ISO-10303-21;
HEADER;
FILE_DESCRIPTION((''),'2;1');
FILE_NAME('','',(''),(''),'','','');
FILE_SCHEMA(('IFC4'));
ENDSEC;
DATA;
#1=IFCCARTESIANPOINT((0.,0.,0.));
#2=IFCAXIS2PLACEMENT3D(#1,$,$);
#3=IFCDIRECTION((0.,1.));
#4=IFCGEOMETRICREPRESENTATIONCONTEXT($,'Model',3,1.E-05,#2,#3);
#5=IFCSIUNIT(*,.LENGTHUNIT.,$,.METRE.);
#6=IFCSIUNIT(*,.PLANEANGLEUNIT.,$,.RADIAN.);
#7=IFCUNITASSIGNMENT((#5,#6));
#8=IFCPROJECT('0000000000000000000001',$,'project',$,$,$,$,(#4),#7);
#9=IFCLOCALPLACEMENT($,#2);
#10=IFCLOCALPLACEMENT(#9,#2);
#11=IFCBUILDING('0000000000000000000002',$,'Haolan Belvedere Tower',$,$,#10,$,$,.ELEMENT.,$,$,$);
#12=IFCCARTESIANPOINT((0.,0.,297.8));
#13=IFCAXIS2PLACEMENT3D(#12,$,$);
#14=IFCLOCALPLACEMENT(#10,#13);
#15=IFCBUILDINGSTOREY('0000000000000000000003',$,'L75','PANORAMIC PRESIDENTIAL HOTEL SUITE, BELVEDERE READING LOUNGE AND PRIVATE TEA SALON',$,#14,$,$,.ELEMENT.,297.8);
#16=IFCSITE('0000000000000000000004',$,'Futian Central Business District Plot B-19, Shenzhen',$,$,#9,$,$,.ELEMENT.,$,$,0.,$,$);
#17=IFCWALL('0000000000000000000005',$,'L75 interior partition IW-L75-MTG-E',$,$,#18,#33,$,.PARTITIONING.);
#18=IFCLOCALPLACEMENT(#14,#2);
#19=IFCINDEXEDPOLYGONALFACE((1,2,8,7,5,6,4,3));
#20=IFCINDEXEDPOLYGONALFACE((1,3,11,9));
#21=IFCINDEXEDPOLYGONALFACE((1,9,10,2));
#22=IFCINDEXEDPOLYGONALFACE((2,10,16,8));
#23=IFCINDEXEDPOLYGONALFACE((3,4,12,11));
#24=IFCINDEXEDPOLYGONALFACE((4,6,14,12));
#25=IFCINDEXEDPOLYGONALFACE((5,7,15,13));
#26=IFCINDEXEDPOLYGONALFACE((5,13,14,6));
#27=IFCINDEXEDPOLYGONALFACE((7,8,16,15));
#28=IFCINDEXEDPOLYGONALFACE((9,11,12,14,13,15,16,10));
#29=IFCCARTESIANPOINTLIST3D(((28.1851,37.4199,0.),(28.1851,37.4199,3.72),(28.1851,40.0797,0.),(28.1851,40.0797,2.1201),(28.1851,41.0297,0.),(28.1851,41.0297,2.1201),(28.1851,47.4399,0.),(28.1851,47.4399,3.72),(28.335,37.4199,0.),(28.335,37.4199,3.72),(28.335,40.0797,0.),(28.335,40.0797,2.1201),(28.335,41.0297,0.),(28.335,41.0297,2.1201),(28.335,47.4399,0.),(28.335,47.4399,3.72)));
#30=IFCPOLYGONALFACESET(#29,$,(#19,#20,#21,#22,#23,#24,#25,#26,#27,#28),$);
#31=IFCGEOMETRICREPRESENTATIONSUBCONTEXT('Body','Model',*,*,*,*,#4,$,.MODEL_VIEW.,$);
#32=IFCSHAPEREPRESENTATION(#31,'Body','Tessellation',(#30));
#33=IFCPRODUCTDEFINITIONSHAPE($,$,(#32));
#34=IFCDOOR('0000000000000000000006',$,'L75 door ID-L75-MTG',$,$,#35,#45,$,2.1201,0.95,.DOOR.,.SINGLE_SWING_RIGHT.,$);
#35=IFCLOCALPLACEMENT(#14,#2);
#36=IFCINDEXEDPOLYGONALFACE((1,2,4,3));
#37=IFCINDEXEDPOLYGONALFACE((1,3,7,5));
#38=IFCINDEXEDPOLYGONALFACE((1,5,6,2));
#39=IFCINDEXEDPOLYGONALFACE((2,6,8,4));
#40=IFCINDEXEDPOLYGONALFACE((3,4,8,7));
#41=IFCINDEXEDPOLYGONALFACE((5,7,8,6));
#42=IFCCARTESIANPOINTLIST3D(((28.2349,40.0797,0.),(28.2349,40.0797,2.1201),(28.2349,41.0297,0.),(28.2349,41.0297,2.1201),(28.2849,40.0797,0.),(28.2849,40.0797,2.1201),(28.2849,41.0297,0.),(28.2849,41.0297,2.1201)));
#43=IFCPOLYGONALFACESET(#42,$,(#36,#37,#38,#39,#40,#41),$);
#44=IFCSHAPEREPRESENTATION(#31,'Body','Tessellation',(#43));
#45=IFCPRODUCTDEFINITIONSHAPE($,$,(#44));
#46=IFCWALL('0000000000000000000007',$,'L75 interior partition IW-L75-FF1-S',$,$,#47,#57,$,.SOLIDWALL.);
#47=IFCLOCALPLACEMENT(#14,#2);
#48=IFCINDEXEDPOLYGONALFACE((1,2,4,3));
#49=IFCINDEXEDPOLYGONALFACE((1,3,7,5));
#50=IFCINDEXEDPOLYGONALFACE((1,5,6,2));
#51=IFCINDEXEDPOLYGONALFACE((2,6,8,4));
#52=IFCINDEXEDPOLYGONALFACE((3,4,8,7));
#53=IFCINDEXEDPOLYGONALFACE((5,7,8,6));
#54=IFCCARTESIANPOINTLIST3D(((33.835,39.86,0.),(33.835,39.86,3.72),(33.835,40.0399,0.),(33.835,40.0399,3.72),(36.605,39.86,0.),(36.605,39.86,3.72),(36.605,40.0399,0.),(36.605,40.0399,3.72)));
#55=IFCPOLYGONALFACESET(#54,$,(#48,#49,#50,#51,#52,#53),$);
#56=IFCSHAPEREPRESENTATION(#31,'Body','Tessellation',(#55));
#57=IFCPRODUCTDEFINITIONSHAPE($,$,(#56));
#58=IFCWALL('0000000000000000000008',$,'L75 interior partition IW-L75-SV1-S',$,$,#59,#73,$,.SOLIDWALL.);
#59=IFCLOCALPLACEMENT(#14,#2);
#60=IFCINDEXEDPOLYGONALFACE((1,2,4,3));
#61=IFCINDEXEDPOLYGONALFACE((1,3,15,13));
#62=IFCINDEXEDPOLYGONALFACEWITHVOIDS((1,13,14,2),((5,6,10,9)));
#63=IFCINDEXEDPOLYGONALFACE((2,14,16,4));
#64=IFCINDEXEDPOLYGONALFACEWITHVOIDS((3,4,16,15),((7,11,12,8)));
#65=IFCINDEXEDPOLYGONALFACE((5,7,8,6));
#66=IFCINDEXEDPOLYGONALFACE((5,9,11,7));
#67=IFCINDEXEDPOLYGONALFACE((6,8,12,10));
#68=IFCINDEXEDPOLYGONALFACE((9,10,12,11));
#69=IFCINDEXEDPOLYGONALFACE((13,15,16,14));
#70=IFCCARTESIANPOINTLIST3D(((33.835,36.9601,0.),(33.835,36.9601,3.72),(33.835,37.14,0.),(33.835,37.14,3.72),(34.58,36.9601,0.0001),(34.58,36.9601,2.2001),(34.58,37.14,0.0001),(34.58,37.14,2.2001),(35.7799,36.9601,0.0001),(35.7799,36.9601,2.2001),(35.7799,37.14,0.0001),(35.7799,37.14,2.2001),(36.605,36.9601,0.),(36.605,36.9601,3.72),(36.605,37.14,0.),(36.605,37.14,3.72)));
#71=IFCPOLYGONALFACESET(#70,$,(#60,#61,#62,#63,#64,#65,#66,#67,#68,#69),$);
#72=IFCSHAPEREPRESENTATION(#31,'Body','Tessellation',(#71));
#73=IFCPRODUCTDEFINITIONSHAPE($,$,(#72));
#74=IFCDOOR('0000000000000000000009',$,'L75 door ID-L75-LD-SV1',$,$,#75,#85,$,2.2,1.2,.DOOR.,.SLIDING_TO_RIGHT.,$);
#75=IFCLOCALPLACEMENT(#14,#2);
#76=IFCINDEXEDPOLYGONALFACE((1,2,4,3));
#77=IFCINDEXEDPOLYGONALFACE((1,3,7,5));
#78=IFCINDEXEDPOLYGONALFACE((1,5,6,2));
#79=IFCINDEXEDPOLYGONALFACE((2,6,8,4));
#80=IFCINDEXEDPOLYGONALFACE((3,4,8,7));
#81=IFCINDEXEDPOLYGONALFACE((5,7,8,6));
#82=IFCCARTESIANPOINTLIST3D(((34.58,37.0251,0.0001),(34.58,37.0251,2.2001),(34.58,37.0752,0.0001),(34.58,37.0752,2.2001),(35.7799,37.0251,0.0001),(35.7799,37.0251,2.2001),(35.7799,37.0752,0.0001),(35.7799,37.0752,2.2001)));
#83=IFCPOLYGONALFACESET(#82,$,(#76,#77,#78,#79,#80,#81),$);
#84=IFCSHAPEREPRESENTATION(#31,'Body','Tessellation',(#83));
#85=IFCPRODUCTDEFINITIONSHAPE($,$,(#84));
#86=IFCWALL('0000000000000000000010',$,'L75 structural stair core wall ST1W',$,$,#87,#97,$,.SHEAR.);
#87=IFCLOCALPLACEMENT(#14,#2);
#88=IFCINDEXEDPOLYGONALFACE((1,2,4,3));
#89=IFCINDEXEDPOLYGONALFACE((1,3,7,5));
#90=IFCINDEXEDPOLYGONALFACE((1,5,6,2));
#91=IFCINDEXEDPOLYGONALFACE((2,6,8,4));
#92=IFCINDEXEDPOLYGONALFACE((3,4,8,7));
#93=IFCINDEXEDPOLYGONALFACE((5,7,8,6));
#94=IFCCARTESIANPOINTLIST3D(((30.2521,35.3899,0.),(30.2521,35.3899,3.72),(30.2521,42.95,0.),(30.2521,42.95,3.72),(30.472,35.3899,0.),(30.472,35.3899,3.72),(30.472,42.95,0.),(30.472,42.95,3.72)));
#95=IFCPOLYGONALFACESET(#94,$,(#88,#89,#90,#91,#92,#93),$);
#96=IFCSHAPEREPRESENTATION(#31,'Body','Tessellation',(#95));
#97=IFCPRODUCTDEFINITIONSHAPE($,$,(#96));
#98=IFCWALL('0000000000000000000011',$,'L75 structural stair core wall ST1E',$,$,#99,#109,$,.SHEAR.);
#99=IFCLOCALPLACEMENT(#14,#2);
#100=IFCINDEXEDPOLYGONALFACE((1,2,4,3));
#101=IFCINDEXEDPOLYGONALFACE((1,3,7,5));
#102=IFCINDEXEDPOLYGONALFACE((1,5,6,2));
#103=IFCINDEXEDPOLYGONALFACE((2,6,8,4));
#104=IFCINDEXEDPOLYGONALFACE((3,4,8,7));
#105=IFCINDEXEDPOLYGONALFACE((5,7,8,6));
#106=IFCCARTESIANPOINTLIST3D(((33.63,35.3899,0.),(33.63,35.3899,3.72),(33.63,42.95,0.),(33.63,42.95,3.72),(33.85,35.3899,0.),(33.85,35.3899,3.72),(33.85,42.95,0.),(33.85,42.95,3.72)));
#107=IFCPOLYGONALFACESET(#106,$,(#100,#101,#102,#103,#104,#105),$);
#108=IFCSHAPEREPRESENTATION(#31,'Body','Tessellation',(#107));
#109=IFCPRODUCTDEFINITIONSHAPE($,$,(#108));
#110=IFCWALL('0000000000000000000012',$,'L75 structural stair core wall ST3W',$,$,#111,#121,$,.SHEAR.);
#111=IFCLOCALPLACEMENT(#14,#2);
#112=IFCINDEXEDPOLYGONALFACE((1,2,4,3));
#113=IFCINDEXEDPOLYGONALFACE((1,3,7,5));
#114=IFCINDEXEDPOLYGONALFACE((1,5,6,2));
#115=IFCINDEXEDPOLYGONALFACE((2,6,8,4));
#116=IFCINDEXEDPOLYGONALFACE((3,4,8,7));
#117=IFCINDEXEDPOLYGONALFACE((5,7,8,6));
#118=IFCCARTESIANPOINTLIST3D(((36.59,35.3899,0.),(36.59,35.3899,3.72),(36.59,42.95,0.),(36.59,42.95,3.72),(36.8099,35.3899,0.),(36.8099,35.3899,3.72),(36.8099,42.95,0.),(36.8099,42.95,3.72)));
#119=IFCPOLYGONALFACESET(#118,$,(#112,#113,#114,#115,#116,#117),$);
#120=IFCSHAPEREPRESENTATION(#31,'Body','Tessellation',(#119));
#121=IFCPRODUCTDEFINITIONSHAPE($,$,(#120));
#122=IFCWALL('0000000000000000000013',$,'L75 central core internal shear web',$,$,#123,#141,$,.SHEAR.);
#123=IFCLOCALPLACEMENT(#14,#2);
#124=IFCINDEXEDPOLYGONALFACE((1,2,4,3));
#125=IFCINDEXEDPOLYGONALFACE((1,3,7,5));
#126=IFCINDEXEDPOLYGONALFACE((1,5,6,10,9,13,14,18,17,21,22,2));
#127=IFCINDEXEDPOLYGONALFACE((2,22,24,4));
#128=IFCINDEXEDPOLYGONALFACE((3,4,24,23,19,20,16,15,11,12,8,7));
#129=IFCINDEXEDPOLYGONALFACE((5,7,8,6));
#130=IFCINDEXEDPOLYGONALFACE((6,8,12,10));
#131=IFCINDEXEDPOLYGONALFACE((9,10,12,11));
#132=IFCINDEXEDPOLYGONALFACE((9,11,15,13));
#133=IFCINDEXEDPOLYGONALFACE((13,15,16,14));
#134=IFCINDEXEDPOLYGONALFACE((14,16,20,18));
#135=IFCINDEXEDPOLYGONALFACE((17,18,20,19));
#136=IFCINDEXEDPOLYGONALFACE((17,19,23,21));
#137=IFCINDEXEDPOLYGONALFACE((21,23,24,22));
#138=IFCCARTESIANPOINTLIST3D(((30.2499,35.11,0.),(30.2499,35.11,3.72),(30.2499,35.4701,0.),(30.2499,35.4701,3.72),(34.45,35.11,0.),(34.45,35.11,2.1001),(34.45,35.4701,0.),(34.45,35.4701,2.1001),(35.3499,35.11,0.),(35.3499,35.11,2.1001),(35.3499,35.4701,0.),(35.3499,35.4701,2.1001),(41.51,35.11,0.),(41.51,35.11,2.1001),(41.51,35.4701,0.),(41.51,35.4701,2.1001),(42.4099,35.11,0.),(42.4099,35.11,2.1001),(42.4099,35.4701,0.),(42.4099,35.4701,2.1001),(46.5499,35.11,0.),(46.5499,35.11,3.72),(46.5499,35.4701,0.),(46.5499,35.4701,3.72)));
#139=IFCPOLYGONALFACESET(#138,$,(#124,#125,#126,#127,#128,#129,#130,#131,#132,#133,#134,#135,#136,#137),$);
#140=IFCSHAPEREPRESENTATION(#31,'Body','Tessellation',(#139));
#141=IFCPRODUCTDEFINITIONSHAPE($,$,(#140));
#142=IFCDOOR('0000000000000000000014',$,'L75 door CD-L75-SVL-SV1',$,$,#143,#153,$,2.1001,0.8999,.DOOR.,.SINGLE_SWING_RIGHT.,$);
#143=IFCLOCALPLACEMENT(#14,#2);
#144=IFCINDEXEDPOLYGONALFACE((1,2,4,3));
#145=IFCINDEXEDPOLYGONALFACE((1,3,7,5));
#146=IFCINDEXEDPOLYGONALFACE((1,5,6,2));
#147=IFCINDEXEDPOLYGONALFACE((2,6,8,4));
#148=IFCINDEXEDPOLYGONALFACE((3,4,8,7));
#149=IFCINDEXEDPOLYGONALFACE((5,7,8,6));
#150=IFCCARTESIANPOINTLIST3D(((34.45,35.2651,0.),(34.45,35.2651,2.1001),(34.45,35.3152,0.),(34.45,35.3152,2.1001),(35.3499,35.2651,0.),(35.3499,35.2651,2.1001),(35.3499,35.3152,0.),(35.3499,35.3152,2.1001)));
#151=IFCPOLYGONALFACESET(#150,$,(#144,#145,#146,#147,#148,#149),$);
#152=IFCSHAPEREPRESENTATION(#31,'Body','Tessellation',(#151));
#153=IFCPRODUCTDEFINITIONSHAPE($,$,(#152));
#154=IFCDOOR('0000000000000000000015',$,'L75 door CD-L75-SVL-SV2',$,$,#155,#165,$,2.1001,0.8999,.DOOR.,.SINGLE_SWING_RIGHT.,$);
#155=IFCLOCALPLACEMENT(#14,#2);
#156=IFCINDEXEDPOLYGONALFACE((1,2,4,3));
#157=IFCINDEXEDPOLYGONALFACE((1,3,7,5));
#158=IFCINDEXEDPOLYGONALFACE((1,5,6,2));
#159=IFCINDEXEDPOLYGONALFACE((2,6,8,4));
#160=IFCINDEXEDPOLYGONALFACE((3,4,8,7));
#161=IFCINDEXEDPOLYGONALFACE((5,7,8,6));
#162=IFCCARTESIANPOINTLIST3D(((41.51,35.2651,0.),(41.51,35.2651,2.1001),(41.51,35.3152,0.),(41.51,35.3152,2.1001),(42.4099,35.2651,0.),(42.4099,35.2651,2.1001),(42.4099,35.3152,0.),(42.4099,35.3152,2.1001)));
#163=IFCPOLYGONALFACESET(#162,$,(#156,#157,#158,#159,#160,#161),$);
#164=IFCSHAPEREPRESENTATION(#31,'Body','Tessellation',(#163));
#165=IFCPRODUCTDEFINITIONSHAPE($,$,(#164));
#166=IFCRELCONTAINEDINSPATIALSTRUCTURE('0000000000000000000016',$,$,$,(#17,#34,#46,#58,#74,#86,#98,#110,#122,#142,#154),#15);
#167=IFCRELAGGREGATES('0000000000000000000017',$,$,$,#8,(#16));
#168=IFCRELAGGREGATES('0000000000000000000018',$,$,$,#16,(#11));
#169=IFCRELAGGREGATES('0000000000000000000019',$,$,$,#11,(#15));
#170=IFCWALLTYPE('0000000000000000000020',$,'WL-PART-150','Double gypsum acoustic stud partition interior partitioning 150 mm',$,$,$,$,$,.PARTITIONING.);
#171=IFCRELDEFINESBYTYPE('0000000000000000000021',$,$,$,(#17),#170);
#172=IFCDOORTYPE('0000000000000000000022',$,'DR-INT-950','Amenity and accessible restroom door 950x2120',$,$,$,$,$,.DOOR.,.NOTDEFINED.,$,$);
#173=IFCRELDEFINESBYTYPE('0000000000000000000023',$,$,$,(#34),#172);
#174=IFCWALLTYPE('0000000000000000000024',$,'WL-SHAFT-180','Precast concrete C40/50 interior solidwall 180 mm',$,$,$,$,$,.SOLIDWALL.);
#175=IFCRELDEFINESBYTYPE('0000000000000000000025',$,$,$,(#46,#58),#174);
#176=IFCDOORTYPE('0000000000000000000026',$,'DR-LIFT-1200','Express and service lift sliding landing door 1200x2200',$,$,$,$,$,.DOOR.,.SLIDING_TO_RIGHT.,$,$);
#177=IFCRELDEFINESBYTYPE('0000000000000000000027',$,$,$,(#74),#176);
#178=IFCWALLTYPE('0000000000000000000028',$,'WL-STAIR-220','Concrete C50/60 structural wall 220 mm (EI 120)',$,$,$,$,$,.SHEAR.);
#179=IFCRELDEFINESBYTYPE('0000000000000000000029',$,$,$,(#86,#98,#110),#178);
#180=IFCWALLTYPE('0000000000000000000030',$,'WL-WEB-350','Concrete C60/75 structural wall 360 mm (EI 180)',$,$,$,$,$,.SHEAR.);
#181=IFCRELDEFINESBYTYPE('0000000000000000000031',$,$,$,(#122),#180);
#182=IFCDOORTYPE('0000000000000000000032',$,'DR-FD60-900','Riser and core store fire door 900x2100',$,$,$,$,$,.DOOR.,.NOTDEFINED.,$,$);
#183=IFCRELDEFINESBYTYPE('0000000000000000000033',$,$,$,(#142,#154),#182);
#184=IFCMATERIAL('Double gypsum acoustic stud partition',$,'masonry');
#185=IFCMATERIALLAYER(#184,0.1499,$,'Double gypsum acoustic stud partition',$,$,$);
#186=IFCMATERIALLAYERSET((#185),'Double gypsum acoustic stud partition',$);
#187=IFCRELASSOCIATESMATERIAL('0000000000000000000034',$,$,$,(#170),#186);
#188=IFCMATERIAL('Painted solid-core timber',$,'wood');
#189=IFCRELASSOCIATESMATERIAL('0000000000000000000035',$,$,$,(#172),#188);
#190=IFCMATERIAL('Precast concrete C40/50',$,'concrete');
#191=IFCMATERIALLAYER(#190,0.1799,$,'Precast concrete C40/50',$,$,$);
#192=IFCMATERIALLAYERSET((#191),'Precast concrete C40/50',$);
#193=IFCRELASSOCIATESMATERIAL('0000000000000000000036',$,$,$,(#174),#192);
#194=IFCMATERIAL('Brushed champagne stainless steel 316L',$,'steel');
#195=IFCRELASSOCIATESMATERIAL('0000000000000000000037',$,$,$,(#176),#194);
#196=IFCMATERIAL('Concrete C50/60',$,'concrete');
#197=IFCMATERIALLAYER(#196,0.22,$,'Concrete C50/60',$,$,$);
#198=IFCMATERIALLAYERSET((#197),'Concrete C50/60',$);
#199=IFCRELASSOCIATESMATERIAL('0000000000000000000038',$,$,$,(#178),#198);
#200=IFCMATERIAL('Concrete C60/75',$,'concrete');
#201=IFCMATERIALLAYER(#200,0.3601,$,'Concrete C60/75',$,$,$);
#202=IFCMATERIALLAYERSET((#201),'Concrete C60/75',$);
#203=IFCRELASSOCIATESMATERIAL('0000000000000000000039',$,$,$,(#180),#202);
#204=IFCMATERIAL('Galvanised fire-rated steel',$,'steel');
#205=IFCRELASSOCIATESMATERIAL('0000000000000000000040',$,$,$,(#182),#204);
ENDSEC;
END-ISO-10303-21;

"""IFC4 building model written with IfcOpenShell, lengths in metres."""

from ifc_helpers import new_model, si_unit, direction, frame, frame_2d, origin, place, context, subcontext, project, spatial, rectangle, extrude, material, layer, layer_set, type_object, element, fill, save


model = new_model("IFC4")

# Units and contexts
model_context = context("Model", 3, precision=1e-05, world=origin(), true_north=direction((0.0, 1.0)))
body_context = subcontext(model_context, "Body", "Model", "MODEL_VIEW")
ifc_project = project(units=[si_unit("LENGTHUNIT", "METRE"), si_unit("PLANEANGLEUNIT", "RADIAN")], contexts=[model_context])

# Site, building, storey
site_placement = place(None, origin())
site = spatial("IfcSite", under=ifc_project, at=site_placement, Name="Futian Central Business District Plot B-19, Shenzhen", CompositionType="ELEMENT", RefElevation=0.0)
building_placement = place(site_placement, origin())
building = spatial("IfcBuilding", under=site, at=building_placement, Name="Haolan Belvedere Tower", CompositionType="ELEMENT")
storey_placement = place(building_placement, frame((0.0, 0.0, 297.8)))
storey = spatial("IfcBuildingStorey", under=building, at=storey_placement, Name="L75", Description="PANORAMIC PRESIDENTIAL HOTEL SUITE, BELVEDERE READING LOUNGE AND PRIVATE TEA SALON", CompositionType="ELEMENT", Elevation=297.8)

# Shared definitions
ifc_material_1 = material(Name="Precast concrete C40/50", Category="concrete")

# Shared definitions
ifc_material_2 = material(Name="Double gypsum acoustic stud partition", Category="masonry")
ifc_layer_1 = layer(ifc_material_2, 0.1499, Name="Double gypsum acoustic stud partition")
ifc_layer_set_1 = layer_set([ifc_layer_1], Name="Double gypsum acoustic stud partition")
wall_type_1 = type_object("IfcWallType", Name="WL-PART-150", Description="Double gypsum acoustic stud partition interior partitioning 150 mm", PredefinedType="PARTITIONING", material=ifc_layer_set_1)

# Wall, opening, door
wall_1_placement = place(storey_placement, frame((28.26, 37.4199, 0.0), z_axis=(0.0, 0.0, 1.0), x_axis=(0.0, 1.0, 0.0)))
wall_1 = element("IfcWall", 1, at=wall_1_placement, inside=storey, type_object=wall_type_1, Name="L75 interior partition IW-L75-MTG-E", PredefinedType="PARTITIONING", context=body_context, shape_type="SweptSolid", body=[
    extrude(rectangle(XDim=10.02, YDim=0.1499, at=frame_2d((5.01, 0.0))), origin(), (0.0, 0.0, 1.0), 3.72),
])
opening_1_placement = place(wall_1_placement, frame((3.6099, 0.0, 0.0), z_axis=(0.0, 0.0, 1.0), x_axis=(-1.0, 0.0, 0.0)))
opening_1 = element("IfcOpeningElement", 2, at=opening_1_placement, cuts=wall_1, PredefinedType="OPENING", context=body_context, shape_type="SweptSolid", body=[
    extrude(rectangle(XDim=0.95, YDim=2.1201, at=frame_2d((0.4751, 1.0601))), frame((0.0, 0.085, 0.0), z_axis=(0.0, -1.0, 0.0), x_axis=(1.0, 0.0, 0.0)), (0.0, 0.0, 1.0), 0.1699),
])
ifc_material_3 = material(Name="Painted solid-core timber", Category="wood")
door_type_1 = type_object("IfcDoorType", Name="DR-INT-950", Description="Amenity and accessible restroom door 950x2120", OperationType="NOTDEFINED", PredefinedType="DOOR", material=ifc_material_3)
door_1_placement = place(opening_1_placement, origin())
door_1 = element("IfcDoor", 3, at=door_1_placement, inside=storey, type_object=door_type_1, Name="L75 door ID-L75-MTG", OperationType="SINGLE_SWING_RIGHT", OverallHeight=2.1201, OverallWidth=0.95, PredefinedType="DOOR", context=body_context, shape_type="SweptSolid", body=[
    extrude(rectangle(XDim=0.95, YDim=2.1201, at=frame_2d((0.4751, 1.0601))), frame((0.0, 0.0249, 0.0), z_axis=(0.0, -1.0, 0.0), x_axis=(1.0, 0.0, 0.0)), (0.0, 0.0, 1.0), 0.05),
])
fill(opening_1, door_1)

# Wall
ifc_layer_2 = layer(ifc_material_1, 0.1799, Name="Precast concrete C40/50")
ifc_layer_set_2 = layer_set([ifc_layer_2], Name="Precast concrete C40/50")
wall_type_2 = type_object("IfcWallType", Name="WL-SHAFT-180", Description="Precast concrete C40/50 interior solidwall 180 mm", PredefinedType="SOLIDWALL", material=ifc_layer_set_2)
wall_2_placement = place(storey_placement, frame((33.835, 39.95, 0.0), z_axis=(0.0, 0.0, 1.0), x_axis=(1.0, 0.0, 0.0)))
element("IfcWall", 4, at=wall_2_placement, inside=storey, type_object=wall_type_2, Name="L75 interior partition IW-L75-FF1-S", PredefinedType="SOLIDWALL", context=body_context, shape_type="SweptSolid", body=[
    extrude(rectangle(XDim=2.77, YDim=0.1799, at=frame_2d((1.385, 0.0))), origin(), (0.0, 0.0, 1.0), 3.72),
])

# Wall, opening, door
wall_3_placement = place(storey_placement, frame((33.835, 37.05, 0.0), z_axis=(0.0, 0.0, 1.0), x_axis=(1.0, 0.0, 0.0)))
wall_3 = element("IfcWall", 5, at=wall_3_placement, inside=storey, type_object=wall_type_2, Name="L75 interior partition IW-L75-SV1-S", PredefinedType="SOLIDWALL", context=body_context, shape_type="SweptSolid", body=[
    extrude(rectangle(XDim=2.77, YDim=0.1799, at=frame_2d((1.385, 0.0))), origin(), (0.0, 0.0, 1.0), 3.72),
])
opening_2_placement = place(wall_3_placement, frame((1.9451, 0.0, 0.0), z_axis=(0.0, 0.0, 1.0), x_axis=(-1.0, 0.0, 0.0)))
opening_2 = element("IfcOpeningElement", 6, at=opening_2_placement, cuts=wall_3, PredefinedType="OPENING", context=body_context, shape_type="SweptSolid", body=[
    extrude(rectangle(XDim=1.2, YDim=2.2, at=frame_2d((0.6001, 1.1001))), frame((0.0, 0.0999, 0.0), z_axis=(0.0, -1.0, 0.0), x_axis=(1.0, 0.0, 0.0)), (0.0, 0.0, 1.0), 0.2),
])
ifc_material_4 = material(Name="Brushed champagne stainless steel 316L", Category="steel")
door_type_2 = type_object("IfcDoorType", Name="DR-LIFT-1200", Description="Express and service lift sliding landing door 1200x2200", OperationType="SLIDING_TO_RIGHT", PredefinedType="DOOR", material=ifc_material_4)
door_2_placement = place(opening_2_placement, origin())
door_2 = element("IfcDoor", 7, at=door_2_placement, inside=storey, type_object=door_type_2, Name="L75 door ID-L75-LD-SV1", OperationType="SLIDING_TO_RIGHT", OverallHeight=2.2, OverallWidth=1.2, PredefinedType="DOOR", context=body_context, shape_type="SweptSolid", body=[
    extrude(rectangle(XDim=1.2, YDim=2.2, at=frame_2d((0.6001, 1.1001))), frame((0.0, 0.0249, 0.0), z_axis=(0.0, -1.0, 0.0), x_axis=(1.0, 0.0, 0.0)), (0.0, 0.0, 1.0), 0.05),
])
fill(opening_2, door_2)

# Walls
ifc_material_5 = material(Name="Concrete C50/60", Category="concrete")
ifc_layer_3 = layer(ifc_material_5, 0.22, Name="Concrete C50/60")
ifc_layer_set_3 = layer_set([ifc_layer_3], Name="Concrete C50/60")
wall_type_3 = type_object("IfcWallType", Name="WL-STAIR-220", Description="Concrete C50/60 structural wall 220 mm (EI 120)", PredefinedType="SHEAR", material=ifc_layer_set_3)
for number, where, z_axis, x_axis, name in (
    (8, (30.3621, 35.3899, 0.0), (0.0, 0.0, 1.0), (0.0, 1.0, 0.0), "L75 structural stair core wall ST1W"),
    (9, (33.74, 35.3899, 0.0), (0.0, 0.0, 1.0), (0.0, 1.0, 0.0), "L75 structural stair core wall ST1E"),
    (10, (36.7, 35.3899, 0.0), (0.0, 0.0, 1.0), (0.0, 1.0, 0.0), "L75 structural stair core wall ST3W"),
):
    element("IfcWall", number, at=place(storey_placement, frame(where, z_axis=z_axis, x_axis=x_axis)), inside=storey, type_object=wall_type_3, Name=name, PredefinedType="SHEAR", context=body_context, shape_type="SweptSolid", body=[
        extrude(rectangle(XDim=7.5601, YDim=0.22, at=frame_2d((3.78, 0.0))), origin(), (0.0, 0.0, 1.0), 3.72),
    ])

# Wall, openings, doors
ifc_material_6 = material(Name="Concrete C60/75", Category="concrete")
ifc_layer_4 = layer(ifc_material_6, 0.3601, Name="Concrete C60/75")
ifc_layer_set_4 = layer_set([ifc_layer_4], Name="Concrete C60/75")
wall_type_4 = type_object("IfcWallType", Name="WL-WEB-350", Description="Concrete C60/75 structural wall 360 mm (EI 180)", PredefinedType="SHEAR", material=ifc_layer_set_4)
wall_4_placement = place(storey_placement, frame((30.25, 35.29, 0.0), z_axis=(0.0, 0.0, 1.0), x_axis=(1.0, 0.0, 0.0)))
wall_4 = element("IfcWall", 11, at=wall_4_placement, inside=storey, type_object=wall_type_4, Name="L75 central core internal shear web", PredefinedType="SHEAR", context=body_context, shape_type="SweptSolid", body=[
    extrude(rectangle(XDim=16.3, YDim=0.3601, at=frame_2d((8.1499, 0.0))), origin(), (0.0, 0.0, 1.0), 3.72),
])
opening_3_placement = place(wall_4_placement, frame((5.0999, 0.0, 0.0), z_axis=(0.0, 0.0, 1.0), x_axis=(-1.0, 0.0, 0.0)))
opening_3 = element("IfcOpeningElement", 12, at=opening_3_placement, cuts=wall_4, PredefinedType="OPENING", context=body_context, shape_type="SweptSolid", body=[
    extrude(rectangle(XDim=0.8999, YDim=2.1001, at=frame_2d((0.45, 1.05))), frame((0.0, 0.1899, 0.0), z_axis=(0.0, -1.0, 0.0), x_axis=(1.0, 0.0, 0.0)), (0.0, 0.0, 1.0), 0.3801),
])
opening_4_placement = place(wall_4_placement, frame((12.1599, 0.0, 0.0), z_axis=(0.0, 0.0, 1.0), x_axis=(-1.0, 0.0, 0.0)))
opening_4 = element("IfcOpeningElement", 13, at=opening_4_placement, cuts=wall_4, PredefinedType="OPENING", context=body_context, shape_type="SweptSolid", body=[
    extrude(rectangle(XDim=0.8999, YDim=2.1001, at=frame_2d((0.45, 1.05))), frame((0.0, 0.1899, 0.0), z_axis=(0.0, -1.0, 0.0), x_axis=(1.0, 0.0, 0.0)), (0.0, 0.0, 1.0), 0.3801),
])
ifc_material_7 = material(Name="Galvanised fire-rated steel", Category="steel")
door_type_3 = type_object("IfcDoorType", Name="DR-FD60-900", Description="Riser and core store fire door 900x2100", OperationType="NOTDEFINED", PredefinedType="DOOR", material=ifc_material_7)
door_3_placement = place(opening_3_placement, origin())
door_3 = element("IfcDoor", 14, at=door_3_placement, inside=storey, type_object=door_type_3, Name="L75 door CD-L75-SVL-SV1", OperationType="SINGLE_SWING_RIGHT", OverallHeight=2.1001, OverallWidth=0.8999, PredefinedType="DOOR", context=body_context, shape_type="SweptSolid", body=[
    extrude(rectangle(XDim=0.8999, YDim=2.1001, at=frame_2d((0.45, 1.05))), frame((0.0, 0.0249, 0.0), z_axis=(0.0, -1.0, 0.0), x_axis=(1.0, 0.0, 0.0)), (0.0, 0.0, 1.0), 0.05),
])
fill(opening_3, door_3)
door_4_placement = place(opening_4_placement, origin())
door_4 = element("IfcDoor", 15, at=door_4_placement, inside=storey, type_object=door_type_3, Name="L75 door CD-L75-SVL-SV2", OperationType="SINGLE_SWING_RIGHT", OverallHeight=2.1001, OverallWidth=0.8999, PredefinedType="DOOR", context=body_context, shape_type="SweptSolid", body=[
    extrude(rectangle(XDim=0.8999, YDim=2.1001, at=frame_2d((0.45, 1.05))), frame((0.0, 0.0249, 0.0), z_axis=(0.0, -1.0, 0.0), x_axis=(1.0, 0.0, 0.0)), (0.0, 0.0, 1.0), 0.05),
])
fill(opening_4, door_4)

save(model, "model.ifc")
